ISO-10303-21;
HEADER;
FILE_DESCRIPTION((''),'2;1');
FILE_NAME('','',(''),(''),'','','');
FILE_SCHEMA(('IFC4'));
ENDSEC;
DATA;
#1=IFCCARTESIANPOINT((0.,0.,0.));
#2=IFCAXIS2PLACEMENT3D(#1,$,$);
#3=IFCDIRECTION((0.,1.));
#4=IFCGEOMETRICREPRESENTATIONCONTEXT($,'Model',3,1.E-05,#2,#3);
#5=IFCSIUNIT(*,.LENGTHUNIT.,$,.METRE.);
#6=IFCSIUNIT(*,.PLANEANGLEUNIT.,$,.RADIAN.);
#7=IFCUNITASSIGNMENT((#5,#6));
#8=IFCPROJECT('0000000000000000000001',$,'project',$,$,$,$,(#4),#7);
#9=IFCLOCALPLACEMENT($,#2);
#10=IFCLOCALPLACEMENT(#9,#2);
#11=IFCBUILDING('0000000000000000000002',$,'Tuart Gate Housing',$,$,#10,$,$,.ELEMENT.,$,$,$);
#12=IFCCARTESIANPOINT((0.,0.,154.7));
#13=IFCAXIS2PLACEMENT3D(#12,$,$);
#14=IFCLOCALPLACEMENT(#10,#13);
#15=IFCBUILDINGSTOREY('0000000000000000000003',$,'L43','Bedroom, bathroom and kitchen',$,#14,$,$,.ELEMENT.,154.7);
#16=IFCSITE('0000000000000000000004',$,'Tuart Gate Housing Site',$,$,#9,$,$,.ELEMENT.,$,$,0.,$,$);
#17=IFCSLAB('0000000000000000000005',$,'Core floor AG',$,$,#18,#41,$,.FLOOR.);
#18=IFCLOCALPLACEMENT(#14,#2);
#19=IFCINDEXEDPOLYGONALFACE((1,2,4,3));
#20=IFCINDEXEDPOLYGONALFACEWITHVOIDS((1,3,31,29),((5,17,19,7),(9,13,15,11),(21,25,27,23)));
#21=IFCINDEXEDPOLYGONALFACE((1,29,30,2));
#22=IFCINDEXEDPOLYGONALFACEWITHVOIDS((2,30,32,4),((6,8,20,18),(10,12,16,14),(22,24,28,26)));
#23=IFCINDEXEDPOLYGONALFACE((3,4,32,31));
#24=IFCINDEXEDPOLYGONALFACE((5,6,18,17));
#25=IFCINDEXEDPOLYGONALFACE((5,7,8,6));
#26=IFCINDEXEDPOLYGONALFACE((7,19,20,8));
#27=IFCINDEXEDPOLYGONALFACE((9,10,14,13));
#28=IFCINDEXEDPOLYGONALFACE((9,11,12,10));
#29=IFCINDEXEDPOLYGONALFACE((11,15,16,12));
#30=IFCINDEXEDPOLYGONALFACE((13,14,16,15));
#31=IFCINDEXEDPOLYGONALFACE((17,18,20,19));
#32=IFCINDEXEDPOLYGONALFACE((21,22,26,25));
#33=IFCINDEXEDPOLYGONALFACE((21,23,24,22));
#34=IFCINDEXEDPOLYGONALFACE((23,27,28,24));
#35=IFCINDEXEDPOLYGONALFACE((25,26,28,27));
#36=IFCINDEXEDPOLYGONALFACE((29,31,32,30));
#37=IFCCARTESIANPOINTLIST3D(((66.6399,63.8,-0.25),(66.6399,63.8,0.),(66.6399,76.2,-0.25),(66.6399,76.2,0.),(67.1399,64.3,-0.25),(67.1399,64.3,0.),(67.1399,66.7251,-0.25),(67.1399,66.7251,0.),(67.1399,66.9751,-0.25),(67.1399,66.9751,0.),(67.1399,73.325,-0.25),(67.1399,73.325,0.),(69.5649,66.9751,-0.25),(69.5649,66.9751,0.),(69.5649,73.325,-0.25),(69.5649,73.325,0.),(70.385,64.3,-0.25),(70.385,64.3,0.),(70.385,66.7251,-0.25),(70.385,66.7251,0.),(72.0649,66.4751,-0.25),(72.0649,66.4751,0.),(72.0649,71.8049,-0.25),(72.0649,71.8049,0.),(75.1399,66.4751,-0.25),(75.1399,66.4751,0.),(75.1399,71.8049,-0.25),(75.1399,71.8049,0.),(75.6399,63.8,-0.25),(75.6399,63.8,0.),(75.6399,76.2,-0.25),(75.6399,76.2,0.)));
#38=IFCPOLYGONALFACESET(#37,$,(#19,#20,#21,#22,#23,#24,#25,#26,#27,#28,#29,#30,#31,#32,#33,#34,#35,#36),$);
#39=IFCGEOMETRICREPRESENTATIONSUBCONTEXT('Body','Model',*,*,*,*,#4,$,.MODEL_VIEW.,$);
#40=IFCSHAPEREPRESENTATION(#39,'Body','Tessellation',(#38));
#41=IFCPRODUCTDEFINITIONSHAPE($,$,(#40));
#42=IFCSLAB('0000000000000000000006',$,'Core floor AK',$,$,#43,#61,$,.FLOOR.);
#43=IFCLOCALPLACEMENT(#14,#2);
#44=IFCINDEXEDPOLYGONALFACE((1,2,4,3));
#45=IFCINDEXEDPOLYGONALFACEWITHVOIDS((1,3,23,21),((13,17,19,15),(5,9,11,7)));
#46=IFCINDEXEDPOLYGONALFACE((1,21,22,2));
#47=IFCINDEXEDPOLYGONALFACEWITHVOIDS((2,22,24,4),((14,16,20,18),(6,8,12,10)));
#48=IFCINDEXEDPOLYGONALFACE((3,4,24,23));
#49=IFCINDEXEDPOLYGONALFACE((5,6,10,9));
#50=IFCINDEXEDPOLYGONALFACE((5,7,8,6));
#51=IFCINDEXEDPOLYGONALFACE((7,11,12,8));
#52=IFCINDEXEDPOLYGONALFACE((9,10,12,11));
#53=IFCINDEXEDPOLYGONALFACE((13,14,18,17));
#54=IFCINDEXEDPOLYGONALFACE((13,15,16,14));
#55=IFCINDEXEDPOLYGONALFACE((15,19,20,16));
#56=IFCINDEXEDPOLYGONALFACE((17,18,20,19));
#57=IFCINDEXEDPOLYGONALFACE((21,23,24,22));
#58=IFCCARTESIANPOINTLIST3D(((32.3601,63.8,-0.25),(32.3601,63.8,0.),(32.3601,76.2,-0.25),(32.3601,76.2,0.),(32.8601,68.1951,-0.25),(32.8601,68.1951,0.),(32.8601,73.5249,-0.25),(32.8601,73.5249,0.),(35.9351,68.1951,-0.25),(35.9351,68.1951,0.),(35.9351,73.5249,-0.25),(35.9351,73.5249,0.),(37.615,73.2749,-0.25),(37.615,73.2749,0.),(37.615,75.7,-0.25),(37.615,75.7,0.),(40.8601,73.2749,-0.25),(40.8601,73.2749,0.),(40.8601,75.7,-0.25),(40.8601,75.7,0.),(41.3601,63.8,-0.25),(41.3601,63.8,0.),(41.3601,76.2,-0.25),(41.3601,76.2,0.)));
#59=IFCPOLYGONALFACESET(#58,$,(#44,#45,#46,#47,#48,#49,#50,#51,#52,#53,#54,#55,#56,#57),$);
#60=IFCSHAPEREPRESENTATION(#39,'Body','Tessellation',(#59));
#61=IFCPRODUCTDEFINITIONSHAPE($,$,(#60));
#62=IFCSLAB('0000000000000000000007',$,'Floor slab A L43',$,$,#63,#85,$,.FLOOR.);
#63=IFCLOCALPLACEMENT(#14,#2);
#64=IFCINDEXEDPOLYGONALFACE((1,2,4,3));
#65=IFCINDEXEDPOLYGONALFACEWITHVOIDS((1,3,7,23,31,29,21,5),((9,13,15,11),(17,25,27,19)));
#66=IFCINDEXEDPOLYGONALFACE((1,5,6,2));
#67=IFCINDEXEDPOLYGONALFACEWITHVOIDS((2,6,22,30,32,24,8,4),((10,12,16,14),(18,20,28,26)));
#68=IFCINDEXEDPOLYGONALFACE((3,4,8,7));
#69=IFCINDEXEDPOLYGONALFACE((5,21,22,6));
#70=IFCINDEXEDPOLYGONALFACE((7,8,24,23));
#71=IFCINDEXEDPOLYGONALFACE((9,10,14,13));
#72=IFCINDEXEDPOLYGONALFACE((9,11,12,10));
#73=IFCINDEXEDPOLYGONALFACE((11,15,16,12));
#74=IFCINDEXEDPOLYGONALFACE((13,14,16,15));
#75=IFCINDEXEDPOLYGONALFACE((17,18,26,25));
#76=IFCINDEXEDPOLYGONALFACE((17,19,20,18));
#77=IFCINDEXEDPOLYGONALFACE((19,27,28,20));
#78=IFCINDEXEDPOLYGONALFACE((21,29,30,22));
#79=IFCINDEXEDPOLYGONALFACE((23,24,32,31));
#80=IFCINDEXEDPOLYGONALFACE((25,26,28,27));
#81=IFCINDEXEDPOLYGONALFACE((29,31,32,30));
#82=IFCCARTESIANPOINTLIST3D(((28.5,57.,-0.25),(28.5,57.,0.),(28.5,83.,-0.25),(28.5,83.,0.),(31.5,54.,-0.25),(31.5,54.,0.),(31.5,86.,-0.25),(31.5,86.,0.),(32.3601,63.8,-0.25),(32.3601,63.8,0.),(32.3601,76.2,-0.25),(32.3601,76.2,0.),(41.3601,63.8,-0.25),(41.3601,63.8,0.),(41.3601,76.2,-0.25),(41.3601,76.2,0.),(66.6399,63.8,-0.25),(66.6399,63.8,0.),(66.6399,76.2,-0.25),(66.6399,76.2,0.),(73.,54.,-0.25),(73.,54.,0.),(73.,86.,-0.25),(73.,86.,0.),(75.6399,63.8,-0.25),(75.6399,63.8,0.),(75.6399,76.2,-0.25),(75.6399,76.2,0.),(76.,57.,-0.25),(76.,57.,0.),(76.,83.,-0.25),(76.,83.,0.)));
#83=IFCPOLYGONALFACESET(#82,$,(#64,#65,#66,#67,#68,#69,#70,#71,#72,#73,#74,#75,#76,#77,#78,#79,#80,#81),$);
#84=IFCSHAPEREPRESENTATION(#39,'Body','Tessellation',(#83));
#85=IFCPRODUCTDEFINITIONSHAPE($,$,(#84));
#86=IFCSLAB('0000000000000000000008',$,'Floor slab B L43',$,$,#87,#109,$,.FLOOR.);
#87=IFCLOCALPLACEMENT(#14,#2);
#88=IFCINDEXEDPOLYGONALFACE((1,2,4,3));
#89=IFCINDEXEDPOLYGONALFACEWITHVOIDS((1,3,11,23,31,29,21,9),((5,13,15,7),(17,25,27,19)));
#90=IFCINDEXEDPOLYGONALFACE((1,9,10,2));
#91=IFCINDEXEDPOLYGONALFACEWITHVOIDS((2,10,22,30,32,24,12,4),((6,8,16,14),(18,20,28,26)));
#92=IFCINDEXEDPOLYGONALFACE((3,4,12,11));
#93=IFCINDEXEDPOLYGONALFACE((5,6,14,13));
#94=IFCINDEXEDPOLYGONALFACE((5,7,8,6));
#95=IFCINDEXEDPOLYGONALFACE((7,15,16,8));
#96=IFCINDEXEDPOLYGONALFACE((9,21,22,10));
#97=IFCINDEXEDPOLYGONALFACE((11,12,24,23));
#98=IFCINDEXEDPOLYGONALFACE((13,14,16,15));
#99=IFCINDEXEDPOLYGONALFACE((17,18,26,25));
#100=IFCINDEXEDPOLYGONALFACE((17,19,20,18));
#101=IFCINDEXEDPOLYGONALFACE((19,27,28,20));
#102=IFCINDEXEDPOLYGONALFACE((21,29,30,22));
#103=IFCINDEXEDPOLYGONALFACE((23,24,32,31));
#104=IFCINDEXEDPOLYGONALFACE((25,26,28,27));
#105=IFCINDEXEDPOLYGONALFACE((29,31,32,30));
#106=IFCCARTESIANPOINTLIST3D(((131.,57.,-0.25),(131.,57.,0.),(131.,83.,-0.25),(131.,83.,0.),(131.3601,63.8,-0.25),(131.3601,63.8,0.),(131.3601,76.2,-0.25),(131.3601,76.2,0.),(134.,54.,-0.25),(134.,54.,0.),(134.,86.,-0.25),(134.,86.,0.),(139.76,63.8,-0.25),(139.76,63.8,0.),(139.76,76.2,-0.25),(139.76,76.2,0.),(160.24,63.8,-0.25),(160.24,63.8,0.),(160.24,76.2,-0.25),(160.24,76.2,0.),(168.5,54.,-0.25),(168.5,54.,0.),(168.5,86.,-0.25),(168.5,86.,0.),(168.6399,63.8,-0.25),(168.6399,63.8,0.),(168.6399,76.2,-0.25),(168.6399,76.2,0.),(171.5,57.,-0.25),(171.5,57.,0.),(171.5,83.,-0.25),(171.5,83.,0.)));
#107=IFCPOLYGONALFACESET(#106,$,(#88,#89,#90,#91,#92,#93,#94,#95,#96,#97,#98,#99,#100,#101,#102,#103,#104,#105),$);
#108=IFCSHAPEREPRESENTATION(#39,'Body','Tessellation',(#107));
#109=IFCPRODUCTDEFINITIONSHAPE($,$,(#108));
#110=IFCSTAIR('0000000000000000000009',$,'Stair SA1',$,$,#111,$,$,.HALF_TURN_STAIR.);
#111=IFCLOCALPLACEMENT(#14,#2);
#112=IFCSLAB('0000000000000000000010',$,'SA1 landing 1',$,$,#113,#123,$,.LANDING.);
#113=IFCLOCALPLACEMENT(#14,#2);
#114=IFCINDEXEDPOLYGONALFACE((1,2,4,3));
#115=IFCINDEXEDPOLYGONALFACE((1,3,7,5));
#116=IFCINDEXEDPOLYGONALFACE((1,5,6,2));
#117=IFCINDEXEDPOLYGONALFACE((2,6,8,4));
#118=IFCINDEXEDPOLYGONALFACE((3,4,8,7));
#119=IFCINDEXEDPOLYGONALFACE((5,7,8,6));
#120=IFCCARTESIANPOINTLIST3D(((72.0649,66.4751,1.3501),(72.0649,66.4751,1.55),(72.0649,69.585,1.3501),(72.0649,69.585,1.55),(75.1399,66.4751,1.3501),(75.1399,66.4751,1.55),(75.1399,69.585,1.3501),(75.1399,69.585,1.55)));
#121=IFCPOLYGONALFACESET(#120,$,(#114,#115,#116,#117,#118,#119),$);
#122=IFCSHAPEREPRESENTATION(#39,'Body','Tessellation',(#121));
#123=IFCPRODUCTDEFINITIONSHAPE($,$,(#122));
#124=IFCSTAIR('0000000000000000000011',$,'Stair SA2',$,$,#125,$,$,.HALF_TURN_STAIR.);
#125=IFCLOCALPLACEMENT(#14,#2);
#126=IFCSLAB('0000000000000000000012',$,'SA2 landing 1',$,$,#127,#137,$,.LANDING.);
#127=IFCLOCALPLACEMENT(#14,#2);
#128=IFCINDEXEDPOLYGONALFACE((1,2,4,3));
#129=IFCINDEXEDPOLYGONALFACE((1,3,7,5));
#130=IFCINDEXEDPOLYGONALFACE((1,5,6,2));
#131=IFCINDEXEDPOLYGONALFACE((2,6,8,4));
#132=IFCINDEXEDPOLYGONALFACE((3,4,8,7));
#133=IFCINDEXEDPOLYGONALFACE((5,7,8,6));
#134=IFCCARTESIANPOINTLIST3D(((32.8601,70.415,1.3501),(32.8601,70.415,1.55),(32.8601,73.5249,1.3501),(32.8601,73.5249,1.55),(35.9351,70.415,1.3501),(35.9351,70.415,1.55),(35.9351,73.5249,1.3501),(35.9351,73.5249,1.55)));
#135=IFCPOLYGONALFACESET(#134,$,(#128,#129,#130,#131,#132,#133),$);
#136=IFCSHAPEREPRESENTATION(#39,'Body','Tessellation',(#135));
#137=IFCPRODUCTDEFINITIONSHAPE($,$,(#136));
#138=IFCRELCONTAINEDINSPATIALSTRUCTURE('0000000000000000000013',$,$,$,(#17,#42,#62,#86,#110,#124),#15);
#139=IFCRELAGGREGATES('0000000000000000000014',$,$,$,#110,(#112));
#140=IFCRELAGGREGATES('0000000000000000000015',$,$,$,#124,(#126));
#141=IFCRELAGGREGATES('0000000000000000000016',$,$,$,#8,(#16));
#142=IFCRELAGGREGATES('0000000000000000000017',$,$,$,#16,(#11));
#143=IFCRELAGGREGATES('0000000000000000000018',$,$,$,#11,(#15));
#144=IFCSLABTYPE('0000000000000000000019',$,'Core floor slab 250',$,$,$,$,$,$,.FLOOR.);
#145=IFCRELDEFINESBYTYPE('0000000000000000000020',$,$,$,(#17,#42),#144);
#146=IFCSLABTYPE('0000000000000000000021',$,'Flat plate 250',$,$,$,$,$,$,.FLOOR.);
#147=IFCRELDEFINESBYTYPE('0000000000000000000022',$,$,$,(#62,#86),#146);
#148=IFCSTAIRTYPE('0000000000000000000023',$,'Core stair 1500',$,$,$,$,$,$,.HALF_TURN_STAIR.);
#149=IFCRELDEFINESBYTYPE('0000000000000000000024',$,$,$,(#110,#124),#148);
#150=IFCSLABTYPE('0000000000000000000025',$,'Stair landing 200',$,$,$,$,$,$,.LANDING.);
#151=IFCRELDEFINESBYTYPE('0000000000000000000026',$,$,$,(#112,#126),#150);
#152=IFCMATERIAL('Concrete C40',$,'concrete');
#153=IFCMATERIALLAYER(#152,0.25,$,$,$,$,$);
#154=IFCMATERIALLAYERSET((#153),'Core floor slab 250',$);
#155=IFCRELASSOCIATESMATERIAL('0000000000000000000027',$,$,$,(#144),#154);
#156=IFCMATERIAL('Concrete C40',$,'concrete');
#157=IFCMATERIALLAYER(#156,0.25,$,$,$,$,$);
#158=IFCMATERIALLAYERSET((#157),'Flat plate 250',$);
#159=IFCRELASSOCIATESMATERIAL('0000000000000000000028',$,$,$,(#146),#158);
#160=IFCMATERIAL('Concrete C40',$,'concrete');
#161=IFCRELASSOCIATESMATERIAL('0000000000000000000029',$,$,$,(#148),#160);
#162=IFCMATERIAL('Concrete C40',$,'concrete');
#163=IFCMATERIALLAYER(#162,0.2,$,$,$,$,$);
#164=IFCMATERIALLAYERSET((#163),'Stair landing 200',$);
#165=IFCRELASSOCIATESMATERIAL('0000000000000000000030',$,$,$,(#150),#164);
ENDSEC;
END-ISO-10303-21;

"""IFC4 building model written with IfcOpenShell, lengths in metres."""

from ifc_helpers import new_model, si_unit, direction, frame, origin, place, context, subcontext, project, spatial, polyline, outline, extrude, material, layer, layer_set, type_object, element, aggregate, save


model = new_model("IFC4")

# Units and contexts
model_context = context("Model", 3, precision=1e-05, world=origin(), true_north=direction((0.0, 1.0)))
body_context = subcontext(model_context, "Body", "Model", "MODEL_VIEW")
ifc_project = project(units=[si_unit("LENGTHUNIT", "METRE"), si_unit("PLANEANGLEUNIT", "RADIAN")], contexts=[model_context])

# Site, building, storey
site_placement = place(None, origin())
site = spatial("IfcSite", under=ifc_project, at=site_placement, Name="Tuart Gate Housing Site", CompositionType="ELEMENT", RefElevation=0.0)
building_placement = place(site_placement, origin())
building = spatial("IfcBuilding", under=site, at=building_placement, Name="Tuart Gate Housing", CompositionType="ELEMENT")
storey_placement = place(building_placement, frame((0.0, 0.0, 154.7)))
storey = spatial("IfcBuildingStorey", under=building, at=storey_placement, Name="L43", Description="Bedroom, bathroom and kitchen", CompositionType="ELEMENT", Elevation=154.7)

# Slabs
ifc_material_1 = material(Name="Concrete C40", Category="concrete")
ifc_layer_1 = layer(ifc_material_1, 0.25)
ifc_layer_set_1 = layer_set([ifc_layer_1], Name="Core floor slab 250")
slab_type_1 = type_object("IfcSlabType", Name="Core floor slab 250", PredefinedType="FLOOR", material=ifc_layer_set_1)
slab_1_placement = place(storey_placement, frame((0.0, 0.0, -0.25)))
element("IfcSlab", 1, at=slab_1_placement, inside=storey, type_object=slab_type_1, Name="Core floor AG", PredefinedType="FLOOR", context=body_context, shape_type="SweptSolid", body=[
    extrude(outline(polyline([(66.6399, 63.8), (75.6399, 63.8), (75.6399, 76.2), (66.6399, 76.2), (66.6399, 63.8)]), holes=[polyline([(67.1399, 64.3), (70.385, 64.3), (70.385, 66.7251), (67.1399, 66.7251), (67.1399, 64.3)]), polyline([(67.1399, 66.9751), (69.5649, 66.9751), (69.5649, 73.325), (67.1399, 73.325), (67.1399, 66.9751)]), polyline([(72.0649, 66.4751), (75.1399, 66.4751), (75.1399, 71.8049), (72.0649, 71.8049), (72.0649, 66.4751)])]), origin(), (0.0, 0.0, 1.0), 0.25),
])
slab_2_placement = place(storey_placement, frame((0.0, 0.0, -0.25)))
element("IfcSlab", 2, at=slab_2_placement, inside=storey, type_object=slab_type_1, Name="Core floor AK", PredefinedType="FLOOR", context=body_context, shape_type="SweptSolid", body=[
    extrude(outline(polyline([(32.3601, 63.8), (41.3601, 63.8), (41.3601, 76.2), (32.3601, 76.2), (32.3601, 63.8)]), holes=[polyline([(40.8601, 75.7), (37.615, 75.7), (37.615, 73.2749), (40.8601, 73.2749), (40.8601, 75.7)]), polyline([(35.9351, 73.5249), (32.8601, 73.5249), (32.8601, 68.1951), (35.9351, 68.1951), (35.9351, 73.5249)])]), origin(), (0.0, 0.0, 1.0), 0.25),
])
ifc_material_2 = material(Name="Concrete C40", Category="concrete")
ifc_layer_2 = layer(ifc_material_2, 0.25)
ifc_layer_set_2 = layer_set([ifc_layer_2], Name="Flat plate 250")
slab_type_2 = type_object("IfcSlabType", Name="Flat plate 250", PredefinedType="FLOOR", material=ifc_layer_set_2)
slab_3_placement = place(storey_placement, frame((0.0, 0.0, -0.25)))
element("IfcSlab", 3, at=slab_3_placement, inside=storey, type_object=slab_type_2, Name="Floor slab A L43", PredefinedType="FLOOR", context=body_context, shape_type="SweptSolid", body=[
    extrude(outline(polyline([(31.5, 86.0), (28.5, 83.0), (28.5, 57.0), (31.5, 54.0), (73.0, 54.0), (76.0, 57.0), (76.0, 83.0), (73.0, 86.0), (31.5, 86.0)]), holes=[polyline([(66.6399, 76.2), (75.6399, 76.2), (75.6399, 63.8), (66.6399, 63.8), (66.6399, 76.2)]), polyline([(41.3601, 76.2), (41.3601, 63.8), (32.3601, 63.8), (32.3601, 76.2), (41.3601, 76.2)])]), origin(), (0.0, 0.0, 1.0), 0.25),
])
slab_4_placement = place(storey_placement, frame((0.0, 0.0, -0.25)))
element("IfcSlab", 4, at=slab_4_placement, inside=storey, type_object=slab_type_2, Name="Floor slab B L43", PredefinedType="FLOOR", context=body_context, shape_type="SweptSolid", body=[
    extrude(outline(polyline([(134.0, 86.0), (131.0, 83.0), (131.0, 57.0), (134.0, 54.0), (168.5, 54.0), (171.5, 57.0), (171.5, 83.0), (168.5, 86.0), (134.0, 86.0)]), holes=[polyline([(131.3601, 76.2), (139.76, 76.2), (139.76, 63.8), (131.3601, 63.8), (131.3601, 76.2)]), polyline([(168.6399, 76.2), (168.6399, 63.8), (160.24, 63.8), (160.24, 76.2), (168.6399, 76.2)])]), origin(), (0.0, 0.0, 1.0), 0.25),
])

# Stairs, slabs
ifc_material_3 = material(Name="Concrete C40", Category="concrete")
stair_type = type_object("IfcStairType", Name="Core stair 1500", PredefinedType="HALF_TURN_STAIR", material=ifc_material_3)
stair_1_placement = place(storey_placement, origin())
stair_1 = element("IfcStair", 5, at=stair_1_placement, inside=storey, type_object=stair_type, Name="Stair SA1", PredefinedType="HALF_TURN_STAIR")
ifc_material_4 = material(Name="Concrete C40", Category="concrete")
ifc_layer_3 = layer(ifc_material_4, 0.2)
ifc_layer_set_3 = layer_set([ifc_layer_3], Name="Stair landing 200")
slab_type_3 = type_object("IfcSlabType", Name="Stair landing 200", PredefinedType="LANDING", material=ifc_layer_set_3)
slab_5_placement = place(storey_placement, frame((0.0, 0.0, 1.3501)))
slab_5 = element("IfcSlab", 6, at=slab_5_placement, type_object=slab_type_3, Name="SA1 landing 1", PredefinedType="LANDING", context=body_context, shape_type="SweptSolid", body=[
    extrude(outline(polyline([(72.0649, 66.4751), (75.1399, 66.4751), (75.1399, 69.585), (72.0649, 69.585), (72.0649, 66.4751)])), origin(), (0.0, 0.0, 1.0), 0.2),
])
aggregate(stair_1, [slab_5])
stair_2_placement = place(storey_placement, origin())
stair_2 = element("IfcStair", 7, at=stair_2_placement, inside=storey, type_object=stair_type, Name="Stair SA2", PredefinedType="HALF_TURN_STAIR")
slab_6_placement = place(storey_placement, frame((0.0, 0.0, 1.3501)))
slab_6 = element("IfcSlab", 8, at=slab_6_placement, type_object=slab_type_3, Name="SA2 landing 1", PredefinedType="LANDING", context=body_context, shape_type="SweptSolid", body=[
    extrude(outline(polyline([(35.9351, 73.5249), (32.8601, 73.5249), (32.8601, 70.415), (35.9351, 70.415), (35.9351, 73.5249)])), origin(), (0.0, 0.0, 1.0), 0.2),
])
aggregate(stair_2, [slab_6])

save(model, "model.ifc")
